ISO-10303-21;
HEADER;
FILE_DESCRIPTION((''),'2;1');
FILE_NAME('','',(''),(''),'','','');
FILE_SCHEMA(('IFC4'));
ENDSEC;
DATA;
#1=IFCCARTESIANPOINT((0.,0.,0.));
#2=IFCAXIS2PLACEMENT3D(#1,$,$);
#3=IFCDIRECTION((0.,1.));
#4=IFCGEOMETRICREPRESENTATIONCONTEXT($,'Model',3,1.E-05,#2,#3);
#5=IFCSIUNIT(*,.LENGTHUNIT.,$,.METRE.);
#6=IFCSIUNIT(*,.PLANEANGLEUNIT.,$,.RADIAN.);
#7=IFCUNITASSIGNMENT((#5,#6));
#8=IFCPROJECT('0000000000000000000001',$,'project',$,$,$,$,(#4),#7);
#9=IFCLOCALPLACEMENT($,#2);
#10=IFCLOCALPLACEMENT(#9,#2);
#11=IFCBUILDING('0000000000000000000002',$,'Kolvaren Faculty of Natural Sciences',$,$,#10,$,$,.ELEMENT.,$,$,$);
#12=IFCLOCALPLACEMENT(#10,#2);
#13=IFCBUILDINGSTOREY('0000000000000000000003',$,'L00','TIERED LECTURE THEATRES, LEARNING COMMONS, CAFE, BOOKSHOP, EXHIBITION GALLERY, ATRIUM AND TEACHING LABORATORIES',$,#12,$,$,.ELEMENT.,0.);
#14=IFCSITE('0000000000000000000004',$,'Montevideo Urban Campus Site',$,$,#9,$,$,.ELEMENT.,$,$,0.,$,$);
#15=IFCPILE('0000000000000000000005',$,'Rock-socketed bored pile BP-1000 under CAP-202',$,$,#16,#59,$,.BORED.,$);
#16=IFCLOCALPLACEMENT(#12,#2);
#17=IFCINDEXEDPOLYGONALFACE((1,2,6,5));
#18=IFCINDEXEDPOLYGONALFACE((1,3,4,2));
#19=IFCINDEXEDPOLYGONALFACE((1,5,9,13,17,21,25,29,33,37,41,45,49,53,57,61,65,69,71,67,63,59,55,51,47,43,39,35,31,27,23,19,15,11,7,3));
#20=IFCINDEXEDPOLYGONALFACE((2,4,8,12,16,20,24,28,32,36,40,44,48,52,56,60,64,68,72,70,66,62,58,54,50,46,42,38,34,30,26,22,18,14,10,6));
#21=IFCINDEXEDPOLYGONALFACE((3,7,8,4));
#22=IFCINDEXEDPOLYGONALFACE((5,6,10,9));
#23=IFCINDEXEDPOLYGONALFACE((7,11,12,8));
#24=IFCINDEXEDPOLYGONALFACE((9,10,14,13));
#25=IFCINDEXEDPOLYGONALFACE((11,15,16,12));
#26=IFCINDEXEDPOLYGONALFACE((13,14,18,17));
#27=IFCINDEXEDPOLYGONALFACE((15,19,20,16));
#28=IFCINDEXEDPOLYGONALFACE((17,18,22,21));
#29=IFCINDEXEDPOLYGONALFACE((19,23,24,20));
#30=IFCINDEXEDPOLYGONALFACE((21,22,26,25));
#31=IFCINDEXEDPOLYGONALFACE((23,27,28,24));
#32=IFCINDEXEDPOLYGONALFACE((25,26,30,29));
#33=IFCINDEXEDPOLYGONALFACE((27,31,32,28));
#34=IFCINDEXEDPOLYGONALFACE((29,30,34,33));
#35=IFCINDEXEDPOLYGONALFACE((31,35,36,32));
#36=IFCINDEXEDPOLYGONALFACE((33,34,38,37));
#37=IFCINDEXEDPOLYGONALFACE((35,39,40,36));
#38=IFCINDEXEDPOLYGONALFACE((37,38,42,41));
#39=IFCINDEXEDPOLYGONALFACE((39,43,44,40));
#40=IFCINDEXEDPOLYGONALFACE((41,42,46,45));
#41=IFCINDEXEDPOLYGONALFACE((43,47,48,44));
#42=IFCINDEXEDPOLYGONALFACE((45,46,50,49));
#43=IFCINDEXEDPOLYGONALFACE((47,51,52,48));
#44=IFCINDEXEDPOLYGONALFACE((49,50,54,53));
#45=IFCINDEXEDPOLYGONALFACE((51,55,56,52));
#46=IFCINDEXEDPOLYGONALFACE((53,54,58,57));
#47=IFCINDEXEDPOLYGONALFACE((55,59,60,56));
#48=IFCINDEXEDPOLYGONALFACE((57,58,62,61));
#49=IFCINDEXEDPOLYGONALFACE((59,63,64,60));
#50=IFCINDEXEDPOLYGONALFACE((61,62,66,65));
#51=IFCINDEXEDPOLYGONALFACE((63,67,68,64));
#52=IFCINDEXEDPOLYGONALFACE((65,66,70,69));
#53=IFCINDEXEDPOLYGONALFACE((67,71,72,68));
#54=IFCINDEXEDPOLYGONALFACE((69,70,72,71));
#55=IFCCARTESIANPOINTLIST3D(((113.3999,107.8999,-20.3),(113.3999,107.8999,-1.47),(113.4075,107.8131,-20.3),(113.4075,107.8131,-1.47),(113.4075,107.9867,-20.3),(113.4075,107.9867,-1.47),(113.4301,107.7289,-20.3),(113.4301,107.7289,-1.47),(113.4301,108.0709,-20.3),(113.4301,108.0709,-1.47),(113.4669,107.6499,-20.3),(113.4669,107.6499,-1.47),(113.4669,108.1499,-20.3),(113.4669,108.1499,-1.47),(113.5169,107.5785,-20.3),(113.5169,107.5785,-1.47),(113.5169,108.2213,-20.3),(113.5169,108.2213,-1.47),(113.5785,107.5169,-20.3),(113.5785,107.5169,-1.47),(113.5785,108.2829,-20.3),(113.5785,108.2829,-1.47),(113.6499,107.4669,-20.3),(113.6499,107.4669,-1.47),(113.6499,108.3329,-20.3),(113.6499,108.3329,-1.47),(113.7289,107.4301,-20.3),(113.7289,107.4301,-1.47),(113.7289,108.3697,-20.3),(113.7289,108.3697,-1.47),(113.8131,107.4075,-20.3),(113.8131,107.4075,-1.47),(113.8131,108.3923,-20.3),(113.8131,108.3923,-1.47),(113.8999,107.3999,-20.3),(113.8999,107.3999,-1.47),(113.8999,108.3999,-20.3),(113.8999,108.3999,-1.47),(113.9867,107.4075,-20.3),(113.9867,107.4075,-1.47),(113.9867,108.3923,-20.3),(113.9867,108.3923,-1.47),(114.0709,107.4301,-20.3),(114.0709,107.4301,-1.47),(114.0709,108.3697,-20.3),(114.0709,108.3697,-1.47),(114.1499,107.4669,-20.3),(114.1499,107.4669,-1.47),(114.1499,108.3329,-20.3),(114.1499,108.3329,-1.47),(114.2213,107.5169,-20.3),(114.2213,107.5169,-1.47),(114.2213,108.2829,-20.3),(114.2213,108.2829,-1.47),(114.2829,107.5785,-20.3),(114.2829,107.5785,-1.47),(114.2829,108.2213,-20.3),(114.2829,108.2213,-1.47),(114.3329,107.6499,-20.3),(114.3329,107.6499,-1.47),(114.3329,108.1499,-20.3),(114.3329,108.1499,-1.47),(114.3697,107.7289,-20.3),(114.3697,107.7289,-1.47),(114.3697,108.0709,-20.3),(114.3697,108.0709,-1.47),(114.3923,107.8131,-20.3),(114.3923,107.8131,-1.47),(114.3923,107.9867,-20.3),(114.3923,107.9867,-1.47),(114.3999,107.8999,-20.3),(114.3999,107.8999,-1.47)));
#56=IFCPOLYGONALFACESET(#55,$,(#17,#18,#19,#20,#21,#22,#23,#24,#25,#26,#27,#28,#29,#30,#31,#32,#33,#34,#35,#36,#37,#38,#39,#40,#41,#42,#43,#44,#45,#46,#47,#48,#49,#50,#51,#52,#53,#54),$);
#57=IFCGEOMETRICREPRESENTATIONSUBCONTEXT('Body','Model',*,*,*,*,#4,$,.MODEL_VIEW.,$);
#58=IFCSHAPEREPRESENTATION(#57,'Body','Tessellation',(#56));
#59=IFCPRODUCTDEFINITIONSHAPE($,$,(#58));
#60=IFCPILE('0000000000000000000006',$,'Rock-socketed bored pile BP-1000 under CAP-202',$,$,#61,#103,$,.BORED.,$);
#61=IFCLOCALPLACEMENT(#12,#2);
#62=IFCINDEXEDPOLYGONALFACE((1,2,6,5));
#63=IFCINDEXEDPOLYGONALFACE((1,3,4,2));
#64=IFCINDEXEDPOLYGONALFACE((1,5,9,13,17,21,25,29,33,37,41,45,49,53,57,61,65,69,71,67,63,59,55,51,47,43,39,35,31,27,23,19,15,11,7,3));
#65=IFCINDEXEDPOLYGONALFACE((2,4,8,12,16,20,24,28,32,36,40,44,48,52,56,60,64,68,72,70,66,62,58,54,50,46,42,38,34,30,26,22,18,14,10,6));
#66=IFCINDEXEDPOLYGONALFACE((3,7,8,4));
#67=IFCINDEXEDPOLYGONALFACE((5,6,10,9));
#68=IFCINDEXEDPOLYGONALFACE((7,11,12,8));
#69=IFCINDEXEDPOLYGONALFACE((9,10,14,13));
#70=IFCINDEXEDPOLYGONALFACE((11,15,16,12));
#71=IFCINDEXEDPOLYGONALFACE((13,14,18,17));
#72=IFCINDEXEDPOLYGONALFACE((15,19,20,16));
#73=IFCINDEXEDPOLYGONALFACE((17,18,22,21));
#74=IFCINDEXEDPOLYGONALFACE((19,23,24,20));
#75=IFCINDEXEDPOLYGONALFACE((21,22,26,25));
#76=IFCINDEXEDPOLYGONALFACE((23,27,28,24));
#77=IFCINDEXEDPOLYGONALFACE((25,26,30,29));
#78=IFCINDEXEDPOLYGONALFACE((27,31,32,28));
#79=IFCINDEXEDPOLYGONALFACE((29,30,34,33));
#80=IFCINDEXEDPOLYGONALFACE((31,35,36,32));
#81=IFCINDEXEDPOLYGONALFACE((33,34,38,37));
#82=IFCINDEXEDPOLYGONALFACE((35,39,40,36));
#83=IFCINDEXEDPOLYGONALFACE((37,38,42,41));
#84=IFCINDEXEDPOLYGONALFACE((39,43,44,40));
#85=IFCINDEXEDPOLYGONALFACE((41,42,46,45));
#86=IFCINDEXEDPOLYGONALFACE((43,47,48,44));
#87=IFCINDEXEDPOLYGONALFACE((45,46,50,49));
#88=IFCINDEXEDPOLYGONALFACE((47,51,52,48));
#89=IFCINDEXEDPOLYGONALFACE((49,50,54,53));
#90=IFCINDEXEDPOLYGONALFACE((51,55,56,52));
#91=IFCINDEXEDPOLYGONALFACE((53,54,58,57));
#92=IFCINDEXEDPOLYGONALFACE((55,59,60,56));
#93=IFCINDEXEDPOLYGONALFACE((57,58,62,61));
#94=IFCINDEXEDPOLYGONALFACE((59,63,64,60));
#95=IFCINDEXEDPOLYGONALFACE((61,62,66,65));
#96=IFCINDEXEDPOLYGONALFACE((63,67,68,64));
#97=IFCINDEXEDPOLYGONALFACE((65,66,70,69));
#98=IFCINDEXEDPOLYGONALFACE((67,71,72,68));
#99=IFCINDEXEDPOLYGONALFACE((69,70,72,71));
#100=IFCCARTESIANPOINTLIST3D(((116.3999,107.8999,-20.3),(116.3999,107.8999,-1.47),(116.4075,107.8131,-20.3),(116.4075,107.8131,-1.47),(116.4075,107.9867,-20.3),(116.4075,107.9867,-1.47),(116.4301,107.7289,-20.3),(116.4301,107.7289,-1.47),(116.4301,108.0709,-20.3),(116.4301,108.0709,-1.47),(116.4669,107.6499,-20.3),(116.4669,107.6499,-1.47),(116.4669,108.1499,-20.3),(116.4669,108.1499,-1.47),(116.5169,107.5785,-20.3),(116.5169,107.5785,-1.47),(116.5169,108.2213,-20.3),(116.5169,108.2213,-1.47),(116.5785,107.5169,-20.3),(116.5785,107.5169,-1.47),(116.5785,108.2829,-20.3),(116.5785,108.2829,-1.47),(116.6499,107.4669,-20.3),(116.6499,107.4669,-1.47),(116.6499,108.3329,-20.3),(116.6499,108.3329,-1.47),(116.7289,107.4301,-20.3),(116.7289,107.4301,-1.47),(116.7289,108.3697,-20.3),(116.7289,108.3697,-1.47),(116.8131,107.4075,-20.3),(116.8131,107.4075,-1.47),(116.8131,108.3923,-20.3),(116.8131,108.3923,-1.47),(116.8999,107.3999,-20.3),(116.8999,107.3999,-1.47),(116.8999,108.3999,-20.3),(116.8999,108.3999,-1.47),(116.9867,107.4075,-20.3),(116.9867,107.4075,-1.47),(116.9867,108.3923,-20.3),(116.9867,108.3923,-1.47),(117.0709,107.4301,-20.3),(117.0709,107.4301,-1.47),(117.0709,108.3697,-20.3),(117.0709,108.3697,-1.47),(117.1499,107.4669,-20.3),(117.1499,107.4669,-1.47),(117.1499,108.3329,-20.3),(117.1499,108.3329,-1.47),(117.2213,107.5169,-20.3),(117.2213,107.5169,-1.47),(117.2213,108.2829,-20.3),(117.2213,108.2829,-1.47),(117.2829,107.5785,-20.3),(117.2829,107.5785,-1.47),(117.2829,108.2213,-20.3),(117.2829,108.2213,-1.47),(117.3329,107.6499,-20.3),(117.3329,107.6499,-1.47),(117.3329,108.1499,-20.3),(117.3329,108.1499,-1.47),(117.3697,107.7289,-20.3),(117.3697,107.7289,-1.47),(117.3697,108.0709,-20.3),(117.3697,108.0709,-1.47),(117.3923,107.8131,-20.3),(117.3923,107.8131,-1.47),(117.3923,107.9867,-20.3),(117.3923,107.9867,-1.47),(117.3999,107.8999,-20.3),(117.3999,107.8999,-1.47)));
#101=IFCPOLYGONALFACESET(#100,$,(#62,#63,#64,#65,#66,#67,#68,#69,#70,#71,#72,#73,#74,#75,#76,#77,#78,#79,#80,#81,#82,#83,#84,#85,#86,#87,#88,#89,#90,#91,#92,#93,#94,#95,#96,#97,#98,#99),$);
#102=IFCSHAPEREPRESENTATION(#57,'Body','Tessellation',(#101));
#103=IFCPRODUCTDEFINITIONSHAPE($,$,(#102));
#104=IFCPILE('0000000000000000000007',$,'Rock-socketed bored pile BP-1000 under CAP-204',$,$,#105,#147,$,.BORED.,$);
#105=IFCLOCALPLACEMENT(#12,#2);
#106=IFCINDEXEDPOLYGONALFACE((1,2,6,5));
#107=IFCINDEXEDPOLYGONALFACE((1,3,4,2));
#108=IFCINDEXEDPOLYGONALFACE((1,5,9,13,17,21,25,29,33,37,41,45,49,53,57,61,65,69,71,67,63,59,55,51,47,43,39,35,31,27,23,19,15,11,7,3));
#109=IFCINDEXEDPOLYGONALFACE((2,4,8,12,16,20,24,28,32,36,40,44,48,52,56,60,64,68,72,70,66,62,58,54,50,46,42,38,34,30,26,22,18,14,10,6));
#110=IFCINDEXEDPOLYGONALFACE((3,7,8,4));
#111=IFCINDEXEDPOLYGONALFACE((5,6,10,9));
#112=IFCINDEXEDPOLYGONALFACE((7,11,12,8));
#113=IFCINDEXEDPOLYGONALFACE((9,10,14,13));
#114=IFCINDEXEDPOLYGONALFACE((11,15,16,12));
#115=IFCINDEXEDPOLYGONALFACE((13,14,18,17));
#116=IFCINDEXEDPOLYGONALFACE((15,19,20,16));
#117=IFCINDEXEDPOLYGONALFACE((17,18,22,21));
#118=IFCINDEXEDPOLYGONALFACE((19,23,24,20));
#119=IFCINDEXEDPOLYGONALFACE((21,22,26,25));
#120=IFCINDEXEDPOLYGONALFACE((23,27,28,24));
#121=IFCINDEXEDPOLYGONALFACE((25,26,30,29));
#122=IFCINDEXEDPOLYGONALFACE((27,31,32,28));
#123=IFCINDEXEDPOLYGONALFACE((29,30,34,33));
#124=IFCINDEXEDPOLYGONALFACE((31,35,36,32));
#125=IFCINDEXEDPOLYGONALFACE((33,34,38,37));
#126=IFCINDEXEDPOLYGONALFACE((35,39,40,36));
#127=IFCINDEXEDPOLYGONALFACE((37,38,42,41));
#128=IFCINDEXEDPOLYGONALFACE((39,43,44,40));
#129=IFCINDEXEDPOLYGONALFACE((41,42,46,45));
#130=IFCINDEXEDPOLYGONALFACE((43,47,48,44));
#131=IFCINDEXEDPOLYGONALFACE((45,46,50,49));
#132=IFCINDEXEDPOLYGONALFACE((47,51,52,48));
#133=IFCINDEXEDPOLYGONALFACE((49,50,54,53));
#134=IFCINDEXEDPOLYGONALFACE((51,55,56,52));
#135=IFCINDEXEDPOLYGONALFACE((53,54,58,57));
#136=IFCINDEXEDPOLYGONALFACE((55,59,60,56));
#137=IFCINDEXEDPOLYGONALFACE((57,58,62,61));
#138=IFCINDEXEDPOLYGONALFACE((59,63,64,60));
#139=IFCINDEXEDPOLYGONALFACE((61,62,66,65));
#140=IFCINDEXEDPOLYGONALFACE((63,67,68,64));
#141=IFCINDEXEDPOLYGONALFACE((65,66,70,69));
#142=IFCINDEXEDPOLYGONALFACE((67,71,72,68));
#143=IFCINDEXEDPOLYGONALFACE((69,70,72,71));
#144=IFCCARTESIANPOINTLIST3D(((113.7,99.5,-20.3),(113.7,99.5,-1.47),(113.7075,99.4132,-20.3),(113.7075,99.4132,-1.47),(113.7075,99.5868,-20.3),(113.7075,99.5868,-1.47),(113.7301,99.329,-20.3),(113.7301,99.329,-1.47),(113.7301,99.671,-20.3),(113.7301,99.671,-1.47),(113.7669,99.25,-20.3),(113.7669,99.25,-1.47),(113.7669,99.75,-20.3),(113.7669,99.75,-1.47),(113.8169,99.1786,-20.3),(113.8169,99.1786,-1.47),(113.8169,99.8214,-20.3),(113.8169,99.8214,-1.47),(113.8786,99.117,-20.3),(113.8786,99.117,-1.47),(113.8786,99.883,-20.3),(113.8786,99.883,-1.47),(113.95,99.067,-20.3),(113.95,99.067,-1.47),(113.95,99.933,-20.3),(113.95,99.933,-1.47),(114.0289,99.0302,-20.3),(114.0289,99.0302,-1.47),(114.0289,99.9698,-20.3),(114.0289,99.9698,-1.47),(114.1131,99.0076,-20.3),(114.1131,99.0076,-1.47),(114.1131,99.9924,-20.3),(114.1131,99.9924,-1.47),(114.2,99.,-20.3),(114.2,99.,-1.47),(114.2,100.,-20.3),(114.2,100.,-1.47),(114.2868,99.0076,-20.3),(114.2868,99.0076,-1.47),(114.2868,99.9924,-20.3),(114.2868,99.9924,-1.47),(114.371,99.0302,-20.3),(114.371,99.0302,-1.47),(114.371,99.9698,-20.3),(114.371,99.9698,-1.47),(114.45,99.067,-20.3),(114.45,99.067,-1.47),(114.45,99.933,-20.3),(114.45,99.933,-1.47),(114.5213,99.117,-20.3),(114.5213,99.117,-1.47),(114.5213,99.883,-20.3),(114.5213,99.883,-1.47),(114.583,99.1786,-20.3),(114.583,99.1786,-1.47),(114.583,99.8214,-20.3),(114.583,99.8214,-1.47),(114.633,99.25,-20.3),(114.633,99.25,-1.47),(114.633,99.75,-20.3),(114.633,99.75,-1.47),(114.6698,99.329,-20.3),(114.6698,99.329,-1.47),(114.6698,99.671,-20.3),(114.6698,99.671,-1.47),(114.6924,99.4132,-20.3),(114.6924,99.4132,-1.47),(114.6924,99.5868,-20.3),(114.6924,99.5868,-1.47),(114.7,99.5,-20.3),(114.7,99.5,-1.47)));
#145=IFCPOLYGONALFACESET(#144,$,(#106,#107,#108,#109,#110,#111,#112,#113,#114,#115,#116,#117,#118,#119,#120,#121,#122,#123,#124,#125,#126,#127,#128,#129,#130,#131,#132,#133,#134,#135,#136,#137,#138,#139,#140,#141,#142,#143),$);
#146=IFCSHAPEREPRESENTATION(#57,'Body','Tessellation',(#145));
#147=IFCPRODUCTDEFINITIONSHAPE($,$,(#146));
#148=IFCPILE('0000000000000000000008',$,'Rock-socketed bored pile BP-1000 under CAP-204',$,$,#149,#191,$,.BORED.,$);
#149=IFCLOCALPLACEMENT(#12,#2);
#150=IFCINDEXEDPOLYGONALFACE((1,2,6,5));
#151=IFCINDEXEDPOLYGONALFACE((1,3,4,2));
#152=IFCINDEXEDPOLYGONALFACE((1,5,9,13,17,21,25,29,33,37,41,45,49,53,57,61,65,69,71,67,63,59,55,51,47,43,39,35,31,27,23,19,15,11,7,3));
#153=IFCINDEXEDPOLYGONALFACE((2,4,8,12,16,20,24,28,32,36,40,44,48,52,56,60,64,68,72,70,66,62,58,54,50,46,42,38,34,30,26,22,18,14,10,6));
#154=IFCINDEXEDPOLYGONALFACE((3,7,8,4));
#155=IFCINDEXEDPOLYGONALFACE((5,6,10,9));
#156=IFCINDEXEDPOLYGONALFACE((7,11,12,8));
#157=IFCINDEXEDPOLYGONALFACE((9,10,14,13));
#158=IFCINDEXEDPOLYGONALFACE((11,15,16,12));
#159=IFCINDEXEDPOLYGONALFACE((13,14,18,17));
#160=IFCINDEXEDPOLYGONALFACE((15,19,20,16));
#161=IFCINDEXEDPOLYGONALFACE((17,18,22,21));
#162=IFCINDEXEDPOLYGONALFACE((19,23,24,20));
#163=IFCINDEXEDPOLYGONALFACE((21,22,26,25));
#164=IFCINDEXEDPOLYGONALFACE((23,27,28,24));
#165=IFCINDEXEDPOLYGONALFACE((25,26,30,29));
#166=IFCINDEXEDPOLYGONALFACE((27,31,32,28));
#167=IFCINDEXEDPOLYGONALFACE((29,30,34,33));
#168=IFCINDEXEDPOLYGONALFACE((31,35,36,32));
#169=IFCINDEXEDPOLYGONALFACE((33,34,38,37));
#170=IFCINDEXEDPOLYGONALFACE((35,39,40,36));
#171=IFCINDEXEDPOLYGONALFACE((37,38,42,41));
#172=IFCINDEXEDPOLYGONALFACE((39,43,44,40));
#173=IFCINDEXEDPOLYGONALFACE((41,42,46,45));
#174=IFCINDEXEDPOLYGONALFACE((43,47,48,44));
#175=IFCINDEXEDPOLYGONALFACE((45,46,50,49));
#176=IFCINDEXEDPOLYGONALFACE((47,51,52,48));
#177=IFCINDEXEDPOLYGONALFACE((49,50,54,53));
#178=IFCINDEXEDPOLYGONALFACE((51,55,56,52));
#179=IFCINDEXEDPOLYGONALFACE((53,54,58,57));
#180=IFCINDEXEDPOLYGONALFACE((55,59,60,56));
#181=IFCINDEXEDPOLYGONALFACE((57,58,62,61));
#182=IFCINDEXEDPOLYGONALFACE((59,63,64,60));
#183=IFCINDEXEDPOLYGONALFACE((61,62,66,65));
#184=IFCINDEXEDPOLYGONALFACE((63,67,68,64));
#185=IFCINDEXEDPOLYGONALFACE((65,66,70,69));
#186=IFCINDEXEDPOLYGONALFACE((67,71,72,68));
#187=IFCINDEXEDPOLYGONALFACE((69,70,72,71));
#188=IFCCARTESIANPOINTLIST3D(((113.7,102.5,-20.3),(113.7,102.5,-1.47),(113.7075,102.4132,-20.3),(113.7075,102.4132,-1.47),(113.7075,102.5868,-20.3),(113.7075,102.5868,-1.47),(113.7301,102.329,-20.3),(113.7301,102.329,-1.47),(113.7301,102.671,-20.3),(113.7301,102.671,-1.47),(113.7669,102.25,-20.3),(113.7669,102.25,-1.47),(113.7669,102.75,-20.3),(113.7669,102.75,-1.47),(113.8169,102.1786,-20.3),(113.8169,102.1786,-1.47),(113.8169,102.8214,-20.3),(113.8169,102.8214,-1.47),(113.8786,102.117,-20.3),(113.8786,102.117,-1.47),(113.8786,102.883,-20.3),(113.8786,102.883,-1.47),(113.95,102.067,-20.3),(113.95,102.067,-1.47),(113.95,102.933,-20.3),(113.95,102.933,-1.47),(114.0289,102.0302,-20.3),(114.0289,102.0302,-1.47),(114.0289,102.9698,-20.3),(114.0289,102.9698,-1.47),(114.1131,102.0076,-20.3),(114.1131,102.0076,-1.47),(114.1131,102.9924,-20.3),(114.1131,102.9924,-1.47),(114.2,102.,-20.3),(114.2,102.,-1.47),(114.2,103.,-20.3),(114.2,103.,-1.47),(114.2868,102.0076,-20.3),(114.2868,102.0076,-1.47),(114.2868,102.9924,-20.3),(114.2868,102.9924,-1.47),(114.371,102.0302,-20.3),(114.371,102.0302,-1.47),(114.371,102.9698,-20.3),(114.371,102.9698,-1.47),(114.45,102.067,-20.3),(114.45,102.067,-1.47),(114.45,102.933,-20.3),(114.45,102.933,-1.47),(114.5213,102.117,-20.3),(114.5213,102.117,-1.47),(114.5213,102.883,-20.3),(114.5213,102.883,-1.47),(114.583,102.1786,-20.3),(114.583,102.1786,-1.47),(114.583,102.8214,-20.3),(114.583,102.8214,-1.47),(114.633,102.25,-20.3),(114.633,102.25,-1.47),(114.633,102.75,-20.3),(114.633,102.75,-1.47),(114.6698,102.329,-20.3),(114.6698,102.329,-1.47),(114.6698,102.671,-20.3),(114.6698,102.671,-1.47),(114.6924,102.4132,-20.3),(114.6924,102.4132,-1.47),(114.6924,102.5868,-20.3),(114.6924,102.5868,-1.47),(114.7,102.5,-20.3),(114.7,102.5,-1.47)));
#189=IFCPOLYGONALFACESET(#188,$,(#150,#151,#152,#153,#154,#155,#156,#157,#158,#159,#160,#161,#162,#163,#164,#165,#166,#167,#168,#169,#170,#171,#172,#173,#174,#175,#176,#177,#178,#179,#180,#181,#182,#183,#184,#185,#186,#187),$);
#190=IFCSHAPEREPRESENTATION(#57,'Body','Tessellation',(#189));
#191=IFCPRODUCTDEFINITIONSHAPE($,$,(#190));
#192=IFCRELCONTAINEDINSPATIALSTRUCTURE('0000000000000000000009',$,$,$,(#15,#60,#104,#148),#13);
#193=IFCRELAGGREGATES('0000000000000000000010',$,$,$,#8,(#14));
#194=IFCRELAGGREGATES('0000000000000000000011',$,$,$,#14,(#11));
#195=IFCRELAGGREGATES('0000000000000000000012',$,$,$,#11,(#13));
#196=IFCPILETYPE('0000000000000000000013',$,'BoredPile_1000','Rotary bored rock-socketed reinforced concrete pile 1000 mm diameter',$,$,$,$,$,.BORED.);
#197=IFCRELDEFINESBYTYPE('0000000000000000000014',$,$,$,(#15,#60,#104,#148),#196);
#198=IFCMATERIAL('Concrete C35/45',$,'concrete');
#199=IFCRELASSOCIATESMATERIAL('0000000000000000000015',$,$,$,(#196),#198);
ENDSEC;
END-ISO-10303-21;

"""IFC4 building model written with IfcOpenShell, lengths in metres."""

from ifc_helpers import new_model, si_unit, direction, frame, origin, origin_2d, place, context, subcontext, project, spatial, circle, extrude, material, material_profile, profile_set, type_object, element, save


model = new_model("IFC4")

# Units and contexts
model_context = context("Model", 3, precision=1e-05, world=origin(), true_north=direction((0.0, 1.0)))
body_context = subcontext(model_context, "Body", "Model", "MODEL_VIEW")
ifc_project = project(units=[si_unit("LENGTHUNIT", "METRE"), si_unit("PLANEANGLEUNIT", "RADIAN")], contexts=[model_context])

# Site, building, storey
site_placement = place(None, origin())
site = spatial("IfcSite", under=ifc_project, at=site_placement, Name="Montevideo Urban Campus Site", CompositionType="ELEMENT", RefElevation=0.0)
building_placement = place(site_placement, origin())
building = spatial("IfcBuilding", under=site, at=building_placement, Name="Kolvaren Faculty of Natural Sciences", CompositionType="ELEMENT")
storey_placement = place(building_placement, origin())
storey = spatial("IfcBuildingStorey", under=building, at=storey_placement, Name="L00", Description="TIERED LECTURE THEATRES, LEARNING COMMONS, CAFE, BOOKSHOP, EXHIBITION GALLERY, ATRIUM AND TEACHING LABORATORIES", CompositionType="ELEMENT", Elevation=0.0)

# Piles
ifc_material_1 = material(Name="Concrete C35/45", Category="concrete")
ifc_material_profile_1 = material_profile(ifc_material_1, circle(Radius=0.5, at=origin_2d()), Name="PILE D1000")
ifc_profile_set_1 = profile_set([ifc_material_profile_1], Name="Concrete C35/45")
pile_type = type_object("IfcPileType", Name="BoredPile_1000", Description="Rotary bored rock-socketed reinforced concrete pile 1000 mm diameter", PredefinedType="BORED", material=ifc_profile_set_1)
for number, where, z_axis, x_axis, name in (
    (1, (113.8999, 107.8999, -1.47), (0.0, 0.0, -1.0), (1.0, 0.0, 0.0), "Rock-socketed bored pile BP-1000 under CAP-202"),
    (2, (116.8999, 107.8999, -1.47), (0.0, 0.0, -1.0), (1.0, 0.0, 0.0), "Rock-socketed bored pile BP-1000 under CAP-202"),
    (3, (114.2, 99.5, -1.47), (0.0, 0.0, -1.0), (1.0, 0.0, 0.0), "Rock-socketed bored pile BP-1000 under CAP-204"),
    (4, (114.2, 102.5, -1.47), (0.0, 0.0, -1.0), (1.0, 0.0, 0.0), "Rock-socketed bored pile BP-1000 under CAP-204"),
):
    element("IfcPile", number, at=place(storey_placement, frame(where, z_axis=z_axis, x_axis=x_axis)), inside=storey, type_object=pile_type, Name=name, PredefinedType="BORED", context=body_context, shape_type="SweptSolid", body=[
        extrude(circle(Radius=0.5, at=origin_2d()), origin(), (0.0, 0.0, 1.0), 18.8301),
    ])

save(model, "model.ifc")
